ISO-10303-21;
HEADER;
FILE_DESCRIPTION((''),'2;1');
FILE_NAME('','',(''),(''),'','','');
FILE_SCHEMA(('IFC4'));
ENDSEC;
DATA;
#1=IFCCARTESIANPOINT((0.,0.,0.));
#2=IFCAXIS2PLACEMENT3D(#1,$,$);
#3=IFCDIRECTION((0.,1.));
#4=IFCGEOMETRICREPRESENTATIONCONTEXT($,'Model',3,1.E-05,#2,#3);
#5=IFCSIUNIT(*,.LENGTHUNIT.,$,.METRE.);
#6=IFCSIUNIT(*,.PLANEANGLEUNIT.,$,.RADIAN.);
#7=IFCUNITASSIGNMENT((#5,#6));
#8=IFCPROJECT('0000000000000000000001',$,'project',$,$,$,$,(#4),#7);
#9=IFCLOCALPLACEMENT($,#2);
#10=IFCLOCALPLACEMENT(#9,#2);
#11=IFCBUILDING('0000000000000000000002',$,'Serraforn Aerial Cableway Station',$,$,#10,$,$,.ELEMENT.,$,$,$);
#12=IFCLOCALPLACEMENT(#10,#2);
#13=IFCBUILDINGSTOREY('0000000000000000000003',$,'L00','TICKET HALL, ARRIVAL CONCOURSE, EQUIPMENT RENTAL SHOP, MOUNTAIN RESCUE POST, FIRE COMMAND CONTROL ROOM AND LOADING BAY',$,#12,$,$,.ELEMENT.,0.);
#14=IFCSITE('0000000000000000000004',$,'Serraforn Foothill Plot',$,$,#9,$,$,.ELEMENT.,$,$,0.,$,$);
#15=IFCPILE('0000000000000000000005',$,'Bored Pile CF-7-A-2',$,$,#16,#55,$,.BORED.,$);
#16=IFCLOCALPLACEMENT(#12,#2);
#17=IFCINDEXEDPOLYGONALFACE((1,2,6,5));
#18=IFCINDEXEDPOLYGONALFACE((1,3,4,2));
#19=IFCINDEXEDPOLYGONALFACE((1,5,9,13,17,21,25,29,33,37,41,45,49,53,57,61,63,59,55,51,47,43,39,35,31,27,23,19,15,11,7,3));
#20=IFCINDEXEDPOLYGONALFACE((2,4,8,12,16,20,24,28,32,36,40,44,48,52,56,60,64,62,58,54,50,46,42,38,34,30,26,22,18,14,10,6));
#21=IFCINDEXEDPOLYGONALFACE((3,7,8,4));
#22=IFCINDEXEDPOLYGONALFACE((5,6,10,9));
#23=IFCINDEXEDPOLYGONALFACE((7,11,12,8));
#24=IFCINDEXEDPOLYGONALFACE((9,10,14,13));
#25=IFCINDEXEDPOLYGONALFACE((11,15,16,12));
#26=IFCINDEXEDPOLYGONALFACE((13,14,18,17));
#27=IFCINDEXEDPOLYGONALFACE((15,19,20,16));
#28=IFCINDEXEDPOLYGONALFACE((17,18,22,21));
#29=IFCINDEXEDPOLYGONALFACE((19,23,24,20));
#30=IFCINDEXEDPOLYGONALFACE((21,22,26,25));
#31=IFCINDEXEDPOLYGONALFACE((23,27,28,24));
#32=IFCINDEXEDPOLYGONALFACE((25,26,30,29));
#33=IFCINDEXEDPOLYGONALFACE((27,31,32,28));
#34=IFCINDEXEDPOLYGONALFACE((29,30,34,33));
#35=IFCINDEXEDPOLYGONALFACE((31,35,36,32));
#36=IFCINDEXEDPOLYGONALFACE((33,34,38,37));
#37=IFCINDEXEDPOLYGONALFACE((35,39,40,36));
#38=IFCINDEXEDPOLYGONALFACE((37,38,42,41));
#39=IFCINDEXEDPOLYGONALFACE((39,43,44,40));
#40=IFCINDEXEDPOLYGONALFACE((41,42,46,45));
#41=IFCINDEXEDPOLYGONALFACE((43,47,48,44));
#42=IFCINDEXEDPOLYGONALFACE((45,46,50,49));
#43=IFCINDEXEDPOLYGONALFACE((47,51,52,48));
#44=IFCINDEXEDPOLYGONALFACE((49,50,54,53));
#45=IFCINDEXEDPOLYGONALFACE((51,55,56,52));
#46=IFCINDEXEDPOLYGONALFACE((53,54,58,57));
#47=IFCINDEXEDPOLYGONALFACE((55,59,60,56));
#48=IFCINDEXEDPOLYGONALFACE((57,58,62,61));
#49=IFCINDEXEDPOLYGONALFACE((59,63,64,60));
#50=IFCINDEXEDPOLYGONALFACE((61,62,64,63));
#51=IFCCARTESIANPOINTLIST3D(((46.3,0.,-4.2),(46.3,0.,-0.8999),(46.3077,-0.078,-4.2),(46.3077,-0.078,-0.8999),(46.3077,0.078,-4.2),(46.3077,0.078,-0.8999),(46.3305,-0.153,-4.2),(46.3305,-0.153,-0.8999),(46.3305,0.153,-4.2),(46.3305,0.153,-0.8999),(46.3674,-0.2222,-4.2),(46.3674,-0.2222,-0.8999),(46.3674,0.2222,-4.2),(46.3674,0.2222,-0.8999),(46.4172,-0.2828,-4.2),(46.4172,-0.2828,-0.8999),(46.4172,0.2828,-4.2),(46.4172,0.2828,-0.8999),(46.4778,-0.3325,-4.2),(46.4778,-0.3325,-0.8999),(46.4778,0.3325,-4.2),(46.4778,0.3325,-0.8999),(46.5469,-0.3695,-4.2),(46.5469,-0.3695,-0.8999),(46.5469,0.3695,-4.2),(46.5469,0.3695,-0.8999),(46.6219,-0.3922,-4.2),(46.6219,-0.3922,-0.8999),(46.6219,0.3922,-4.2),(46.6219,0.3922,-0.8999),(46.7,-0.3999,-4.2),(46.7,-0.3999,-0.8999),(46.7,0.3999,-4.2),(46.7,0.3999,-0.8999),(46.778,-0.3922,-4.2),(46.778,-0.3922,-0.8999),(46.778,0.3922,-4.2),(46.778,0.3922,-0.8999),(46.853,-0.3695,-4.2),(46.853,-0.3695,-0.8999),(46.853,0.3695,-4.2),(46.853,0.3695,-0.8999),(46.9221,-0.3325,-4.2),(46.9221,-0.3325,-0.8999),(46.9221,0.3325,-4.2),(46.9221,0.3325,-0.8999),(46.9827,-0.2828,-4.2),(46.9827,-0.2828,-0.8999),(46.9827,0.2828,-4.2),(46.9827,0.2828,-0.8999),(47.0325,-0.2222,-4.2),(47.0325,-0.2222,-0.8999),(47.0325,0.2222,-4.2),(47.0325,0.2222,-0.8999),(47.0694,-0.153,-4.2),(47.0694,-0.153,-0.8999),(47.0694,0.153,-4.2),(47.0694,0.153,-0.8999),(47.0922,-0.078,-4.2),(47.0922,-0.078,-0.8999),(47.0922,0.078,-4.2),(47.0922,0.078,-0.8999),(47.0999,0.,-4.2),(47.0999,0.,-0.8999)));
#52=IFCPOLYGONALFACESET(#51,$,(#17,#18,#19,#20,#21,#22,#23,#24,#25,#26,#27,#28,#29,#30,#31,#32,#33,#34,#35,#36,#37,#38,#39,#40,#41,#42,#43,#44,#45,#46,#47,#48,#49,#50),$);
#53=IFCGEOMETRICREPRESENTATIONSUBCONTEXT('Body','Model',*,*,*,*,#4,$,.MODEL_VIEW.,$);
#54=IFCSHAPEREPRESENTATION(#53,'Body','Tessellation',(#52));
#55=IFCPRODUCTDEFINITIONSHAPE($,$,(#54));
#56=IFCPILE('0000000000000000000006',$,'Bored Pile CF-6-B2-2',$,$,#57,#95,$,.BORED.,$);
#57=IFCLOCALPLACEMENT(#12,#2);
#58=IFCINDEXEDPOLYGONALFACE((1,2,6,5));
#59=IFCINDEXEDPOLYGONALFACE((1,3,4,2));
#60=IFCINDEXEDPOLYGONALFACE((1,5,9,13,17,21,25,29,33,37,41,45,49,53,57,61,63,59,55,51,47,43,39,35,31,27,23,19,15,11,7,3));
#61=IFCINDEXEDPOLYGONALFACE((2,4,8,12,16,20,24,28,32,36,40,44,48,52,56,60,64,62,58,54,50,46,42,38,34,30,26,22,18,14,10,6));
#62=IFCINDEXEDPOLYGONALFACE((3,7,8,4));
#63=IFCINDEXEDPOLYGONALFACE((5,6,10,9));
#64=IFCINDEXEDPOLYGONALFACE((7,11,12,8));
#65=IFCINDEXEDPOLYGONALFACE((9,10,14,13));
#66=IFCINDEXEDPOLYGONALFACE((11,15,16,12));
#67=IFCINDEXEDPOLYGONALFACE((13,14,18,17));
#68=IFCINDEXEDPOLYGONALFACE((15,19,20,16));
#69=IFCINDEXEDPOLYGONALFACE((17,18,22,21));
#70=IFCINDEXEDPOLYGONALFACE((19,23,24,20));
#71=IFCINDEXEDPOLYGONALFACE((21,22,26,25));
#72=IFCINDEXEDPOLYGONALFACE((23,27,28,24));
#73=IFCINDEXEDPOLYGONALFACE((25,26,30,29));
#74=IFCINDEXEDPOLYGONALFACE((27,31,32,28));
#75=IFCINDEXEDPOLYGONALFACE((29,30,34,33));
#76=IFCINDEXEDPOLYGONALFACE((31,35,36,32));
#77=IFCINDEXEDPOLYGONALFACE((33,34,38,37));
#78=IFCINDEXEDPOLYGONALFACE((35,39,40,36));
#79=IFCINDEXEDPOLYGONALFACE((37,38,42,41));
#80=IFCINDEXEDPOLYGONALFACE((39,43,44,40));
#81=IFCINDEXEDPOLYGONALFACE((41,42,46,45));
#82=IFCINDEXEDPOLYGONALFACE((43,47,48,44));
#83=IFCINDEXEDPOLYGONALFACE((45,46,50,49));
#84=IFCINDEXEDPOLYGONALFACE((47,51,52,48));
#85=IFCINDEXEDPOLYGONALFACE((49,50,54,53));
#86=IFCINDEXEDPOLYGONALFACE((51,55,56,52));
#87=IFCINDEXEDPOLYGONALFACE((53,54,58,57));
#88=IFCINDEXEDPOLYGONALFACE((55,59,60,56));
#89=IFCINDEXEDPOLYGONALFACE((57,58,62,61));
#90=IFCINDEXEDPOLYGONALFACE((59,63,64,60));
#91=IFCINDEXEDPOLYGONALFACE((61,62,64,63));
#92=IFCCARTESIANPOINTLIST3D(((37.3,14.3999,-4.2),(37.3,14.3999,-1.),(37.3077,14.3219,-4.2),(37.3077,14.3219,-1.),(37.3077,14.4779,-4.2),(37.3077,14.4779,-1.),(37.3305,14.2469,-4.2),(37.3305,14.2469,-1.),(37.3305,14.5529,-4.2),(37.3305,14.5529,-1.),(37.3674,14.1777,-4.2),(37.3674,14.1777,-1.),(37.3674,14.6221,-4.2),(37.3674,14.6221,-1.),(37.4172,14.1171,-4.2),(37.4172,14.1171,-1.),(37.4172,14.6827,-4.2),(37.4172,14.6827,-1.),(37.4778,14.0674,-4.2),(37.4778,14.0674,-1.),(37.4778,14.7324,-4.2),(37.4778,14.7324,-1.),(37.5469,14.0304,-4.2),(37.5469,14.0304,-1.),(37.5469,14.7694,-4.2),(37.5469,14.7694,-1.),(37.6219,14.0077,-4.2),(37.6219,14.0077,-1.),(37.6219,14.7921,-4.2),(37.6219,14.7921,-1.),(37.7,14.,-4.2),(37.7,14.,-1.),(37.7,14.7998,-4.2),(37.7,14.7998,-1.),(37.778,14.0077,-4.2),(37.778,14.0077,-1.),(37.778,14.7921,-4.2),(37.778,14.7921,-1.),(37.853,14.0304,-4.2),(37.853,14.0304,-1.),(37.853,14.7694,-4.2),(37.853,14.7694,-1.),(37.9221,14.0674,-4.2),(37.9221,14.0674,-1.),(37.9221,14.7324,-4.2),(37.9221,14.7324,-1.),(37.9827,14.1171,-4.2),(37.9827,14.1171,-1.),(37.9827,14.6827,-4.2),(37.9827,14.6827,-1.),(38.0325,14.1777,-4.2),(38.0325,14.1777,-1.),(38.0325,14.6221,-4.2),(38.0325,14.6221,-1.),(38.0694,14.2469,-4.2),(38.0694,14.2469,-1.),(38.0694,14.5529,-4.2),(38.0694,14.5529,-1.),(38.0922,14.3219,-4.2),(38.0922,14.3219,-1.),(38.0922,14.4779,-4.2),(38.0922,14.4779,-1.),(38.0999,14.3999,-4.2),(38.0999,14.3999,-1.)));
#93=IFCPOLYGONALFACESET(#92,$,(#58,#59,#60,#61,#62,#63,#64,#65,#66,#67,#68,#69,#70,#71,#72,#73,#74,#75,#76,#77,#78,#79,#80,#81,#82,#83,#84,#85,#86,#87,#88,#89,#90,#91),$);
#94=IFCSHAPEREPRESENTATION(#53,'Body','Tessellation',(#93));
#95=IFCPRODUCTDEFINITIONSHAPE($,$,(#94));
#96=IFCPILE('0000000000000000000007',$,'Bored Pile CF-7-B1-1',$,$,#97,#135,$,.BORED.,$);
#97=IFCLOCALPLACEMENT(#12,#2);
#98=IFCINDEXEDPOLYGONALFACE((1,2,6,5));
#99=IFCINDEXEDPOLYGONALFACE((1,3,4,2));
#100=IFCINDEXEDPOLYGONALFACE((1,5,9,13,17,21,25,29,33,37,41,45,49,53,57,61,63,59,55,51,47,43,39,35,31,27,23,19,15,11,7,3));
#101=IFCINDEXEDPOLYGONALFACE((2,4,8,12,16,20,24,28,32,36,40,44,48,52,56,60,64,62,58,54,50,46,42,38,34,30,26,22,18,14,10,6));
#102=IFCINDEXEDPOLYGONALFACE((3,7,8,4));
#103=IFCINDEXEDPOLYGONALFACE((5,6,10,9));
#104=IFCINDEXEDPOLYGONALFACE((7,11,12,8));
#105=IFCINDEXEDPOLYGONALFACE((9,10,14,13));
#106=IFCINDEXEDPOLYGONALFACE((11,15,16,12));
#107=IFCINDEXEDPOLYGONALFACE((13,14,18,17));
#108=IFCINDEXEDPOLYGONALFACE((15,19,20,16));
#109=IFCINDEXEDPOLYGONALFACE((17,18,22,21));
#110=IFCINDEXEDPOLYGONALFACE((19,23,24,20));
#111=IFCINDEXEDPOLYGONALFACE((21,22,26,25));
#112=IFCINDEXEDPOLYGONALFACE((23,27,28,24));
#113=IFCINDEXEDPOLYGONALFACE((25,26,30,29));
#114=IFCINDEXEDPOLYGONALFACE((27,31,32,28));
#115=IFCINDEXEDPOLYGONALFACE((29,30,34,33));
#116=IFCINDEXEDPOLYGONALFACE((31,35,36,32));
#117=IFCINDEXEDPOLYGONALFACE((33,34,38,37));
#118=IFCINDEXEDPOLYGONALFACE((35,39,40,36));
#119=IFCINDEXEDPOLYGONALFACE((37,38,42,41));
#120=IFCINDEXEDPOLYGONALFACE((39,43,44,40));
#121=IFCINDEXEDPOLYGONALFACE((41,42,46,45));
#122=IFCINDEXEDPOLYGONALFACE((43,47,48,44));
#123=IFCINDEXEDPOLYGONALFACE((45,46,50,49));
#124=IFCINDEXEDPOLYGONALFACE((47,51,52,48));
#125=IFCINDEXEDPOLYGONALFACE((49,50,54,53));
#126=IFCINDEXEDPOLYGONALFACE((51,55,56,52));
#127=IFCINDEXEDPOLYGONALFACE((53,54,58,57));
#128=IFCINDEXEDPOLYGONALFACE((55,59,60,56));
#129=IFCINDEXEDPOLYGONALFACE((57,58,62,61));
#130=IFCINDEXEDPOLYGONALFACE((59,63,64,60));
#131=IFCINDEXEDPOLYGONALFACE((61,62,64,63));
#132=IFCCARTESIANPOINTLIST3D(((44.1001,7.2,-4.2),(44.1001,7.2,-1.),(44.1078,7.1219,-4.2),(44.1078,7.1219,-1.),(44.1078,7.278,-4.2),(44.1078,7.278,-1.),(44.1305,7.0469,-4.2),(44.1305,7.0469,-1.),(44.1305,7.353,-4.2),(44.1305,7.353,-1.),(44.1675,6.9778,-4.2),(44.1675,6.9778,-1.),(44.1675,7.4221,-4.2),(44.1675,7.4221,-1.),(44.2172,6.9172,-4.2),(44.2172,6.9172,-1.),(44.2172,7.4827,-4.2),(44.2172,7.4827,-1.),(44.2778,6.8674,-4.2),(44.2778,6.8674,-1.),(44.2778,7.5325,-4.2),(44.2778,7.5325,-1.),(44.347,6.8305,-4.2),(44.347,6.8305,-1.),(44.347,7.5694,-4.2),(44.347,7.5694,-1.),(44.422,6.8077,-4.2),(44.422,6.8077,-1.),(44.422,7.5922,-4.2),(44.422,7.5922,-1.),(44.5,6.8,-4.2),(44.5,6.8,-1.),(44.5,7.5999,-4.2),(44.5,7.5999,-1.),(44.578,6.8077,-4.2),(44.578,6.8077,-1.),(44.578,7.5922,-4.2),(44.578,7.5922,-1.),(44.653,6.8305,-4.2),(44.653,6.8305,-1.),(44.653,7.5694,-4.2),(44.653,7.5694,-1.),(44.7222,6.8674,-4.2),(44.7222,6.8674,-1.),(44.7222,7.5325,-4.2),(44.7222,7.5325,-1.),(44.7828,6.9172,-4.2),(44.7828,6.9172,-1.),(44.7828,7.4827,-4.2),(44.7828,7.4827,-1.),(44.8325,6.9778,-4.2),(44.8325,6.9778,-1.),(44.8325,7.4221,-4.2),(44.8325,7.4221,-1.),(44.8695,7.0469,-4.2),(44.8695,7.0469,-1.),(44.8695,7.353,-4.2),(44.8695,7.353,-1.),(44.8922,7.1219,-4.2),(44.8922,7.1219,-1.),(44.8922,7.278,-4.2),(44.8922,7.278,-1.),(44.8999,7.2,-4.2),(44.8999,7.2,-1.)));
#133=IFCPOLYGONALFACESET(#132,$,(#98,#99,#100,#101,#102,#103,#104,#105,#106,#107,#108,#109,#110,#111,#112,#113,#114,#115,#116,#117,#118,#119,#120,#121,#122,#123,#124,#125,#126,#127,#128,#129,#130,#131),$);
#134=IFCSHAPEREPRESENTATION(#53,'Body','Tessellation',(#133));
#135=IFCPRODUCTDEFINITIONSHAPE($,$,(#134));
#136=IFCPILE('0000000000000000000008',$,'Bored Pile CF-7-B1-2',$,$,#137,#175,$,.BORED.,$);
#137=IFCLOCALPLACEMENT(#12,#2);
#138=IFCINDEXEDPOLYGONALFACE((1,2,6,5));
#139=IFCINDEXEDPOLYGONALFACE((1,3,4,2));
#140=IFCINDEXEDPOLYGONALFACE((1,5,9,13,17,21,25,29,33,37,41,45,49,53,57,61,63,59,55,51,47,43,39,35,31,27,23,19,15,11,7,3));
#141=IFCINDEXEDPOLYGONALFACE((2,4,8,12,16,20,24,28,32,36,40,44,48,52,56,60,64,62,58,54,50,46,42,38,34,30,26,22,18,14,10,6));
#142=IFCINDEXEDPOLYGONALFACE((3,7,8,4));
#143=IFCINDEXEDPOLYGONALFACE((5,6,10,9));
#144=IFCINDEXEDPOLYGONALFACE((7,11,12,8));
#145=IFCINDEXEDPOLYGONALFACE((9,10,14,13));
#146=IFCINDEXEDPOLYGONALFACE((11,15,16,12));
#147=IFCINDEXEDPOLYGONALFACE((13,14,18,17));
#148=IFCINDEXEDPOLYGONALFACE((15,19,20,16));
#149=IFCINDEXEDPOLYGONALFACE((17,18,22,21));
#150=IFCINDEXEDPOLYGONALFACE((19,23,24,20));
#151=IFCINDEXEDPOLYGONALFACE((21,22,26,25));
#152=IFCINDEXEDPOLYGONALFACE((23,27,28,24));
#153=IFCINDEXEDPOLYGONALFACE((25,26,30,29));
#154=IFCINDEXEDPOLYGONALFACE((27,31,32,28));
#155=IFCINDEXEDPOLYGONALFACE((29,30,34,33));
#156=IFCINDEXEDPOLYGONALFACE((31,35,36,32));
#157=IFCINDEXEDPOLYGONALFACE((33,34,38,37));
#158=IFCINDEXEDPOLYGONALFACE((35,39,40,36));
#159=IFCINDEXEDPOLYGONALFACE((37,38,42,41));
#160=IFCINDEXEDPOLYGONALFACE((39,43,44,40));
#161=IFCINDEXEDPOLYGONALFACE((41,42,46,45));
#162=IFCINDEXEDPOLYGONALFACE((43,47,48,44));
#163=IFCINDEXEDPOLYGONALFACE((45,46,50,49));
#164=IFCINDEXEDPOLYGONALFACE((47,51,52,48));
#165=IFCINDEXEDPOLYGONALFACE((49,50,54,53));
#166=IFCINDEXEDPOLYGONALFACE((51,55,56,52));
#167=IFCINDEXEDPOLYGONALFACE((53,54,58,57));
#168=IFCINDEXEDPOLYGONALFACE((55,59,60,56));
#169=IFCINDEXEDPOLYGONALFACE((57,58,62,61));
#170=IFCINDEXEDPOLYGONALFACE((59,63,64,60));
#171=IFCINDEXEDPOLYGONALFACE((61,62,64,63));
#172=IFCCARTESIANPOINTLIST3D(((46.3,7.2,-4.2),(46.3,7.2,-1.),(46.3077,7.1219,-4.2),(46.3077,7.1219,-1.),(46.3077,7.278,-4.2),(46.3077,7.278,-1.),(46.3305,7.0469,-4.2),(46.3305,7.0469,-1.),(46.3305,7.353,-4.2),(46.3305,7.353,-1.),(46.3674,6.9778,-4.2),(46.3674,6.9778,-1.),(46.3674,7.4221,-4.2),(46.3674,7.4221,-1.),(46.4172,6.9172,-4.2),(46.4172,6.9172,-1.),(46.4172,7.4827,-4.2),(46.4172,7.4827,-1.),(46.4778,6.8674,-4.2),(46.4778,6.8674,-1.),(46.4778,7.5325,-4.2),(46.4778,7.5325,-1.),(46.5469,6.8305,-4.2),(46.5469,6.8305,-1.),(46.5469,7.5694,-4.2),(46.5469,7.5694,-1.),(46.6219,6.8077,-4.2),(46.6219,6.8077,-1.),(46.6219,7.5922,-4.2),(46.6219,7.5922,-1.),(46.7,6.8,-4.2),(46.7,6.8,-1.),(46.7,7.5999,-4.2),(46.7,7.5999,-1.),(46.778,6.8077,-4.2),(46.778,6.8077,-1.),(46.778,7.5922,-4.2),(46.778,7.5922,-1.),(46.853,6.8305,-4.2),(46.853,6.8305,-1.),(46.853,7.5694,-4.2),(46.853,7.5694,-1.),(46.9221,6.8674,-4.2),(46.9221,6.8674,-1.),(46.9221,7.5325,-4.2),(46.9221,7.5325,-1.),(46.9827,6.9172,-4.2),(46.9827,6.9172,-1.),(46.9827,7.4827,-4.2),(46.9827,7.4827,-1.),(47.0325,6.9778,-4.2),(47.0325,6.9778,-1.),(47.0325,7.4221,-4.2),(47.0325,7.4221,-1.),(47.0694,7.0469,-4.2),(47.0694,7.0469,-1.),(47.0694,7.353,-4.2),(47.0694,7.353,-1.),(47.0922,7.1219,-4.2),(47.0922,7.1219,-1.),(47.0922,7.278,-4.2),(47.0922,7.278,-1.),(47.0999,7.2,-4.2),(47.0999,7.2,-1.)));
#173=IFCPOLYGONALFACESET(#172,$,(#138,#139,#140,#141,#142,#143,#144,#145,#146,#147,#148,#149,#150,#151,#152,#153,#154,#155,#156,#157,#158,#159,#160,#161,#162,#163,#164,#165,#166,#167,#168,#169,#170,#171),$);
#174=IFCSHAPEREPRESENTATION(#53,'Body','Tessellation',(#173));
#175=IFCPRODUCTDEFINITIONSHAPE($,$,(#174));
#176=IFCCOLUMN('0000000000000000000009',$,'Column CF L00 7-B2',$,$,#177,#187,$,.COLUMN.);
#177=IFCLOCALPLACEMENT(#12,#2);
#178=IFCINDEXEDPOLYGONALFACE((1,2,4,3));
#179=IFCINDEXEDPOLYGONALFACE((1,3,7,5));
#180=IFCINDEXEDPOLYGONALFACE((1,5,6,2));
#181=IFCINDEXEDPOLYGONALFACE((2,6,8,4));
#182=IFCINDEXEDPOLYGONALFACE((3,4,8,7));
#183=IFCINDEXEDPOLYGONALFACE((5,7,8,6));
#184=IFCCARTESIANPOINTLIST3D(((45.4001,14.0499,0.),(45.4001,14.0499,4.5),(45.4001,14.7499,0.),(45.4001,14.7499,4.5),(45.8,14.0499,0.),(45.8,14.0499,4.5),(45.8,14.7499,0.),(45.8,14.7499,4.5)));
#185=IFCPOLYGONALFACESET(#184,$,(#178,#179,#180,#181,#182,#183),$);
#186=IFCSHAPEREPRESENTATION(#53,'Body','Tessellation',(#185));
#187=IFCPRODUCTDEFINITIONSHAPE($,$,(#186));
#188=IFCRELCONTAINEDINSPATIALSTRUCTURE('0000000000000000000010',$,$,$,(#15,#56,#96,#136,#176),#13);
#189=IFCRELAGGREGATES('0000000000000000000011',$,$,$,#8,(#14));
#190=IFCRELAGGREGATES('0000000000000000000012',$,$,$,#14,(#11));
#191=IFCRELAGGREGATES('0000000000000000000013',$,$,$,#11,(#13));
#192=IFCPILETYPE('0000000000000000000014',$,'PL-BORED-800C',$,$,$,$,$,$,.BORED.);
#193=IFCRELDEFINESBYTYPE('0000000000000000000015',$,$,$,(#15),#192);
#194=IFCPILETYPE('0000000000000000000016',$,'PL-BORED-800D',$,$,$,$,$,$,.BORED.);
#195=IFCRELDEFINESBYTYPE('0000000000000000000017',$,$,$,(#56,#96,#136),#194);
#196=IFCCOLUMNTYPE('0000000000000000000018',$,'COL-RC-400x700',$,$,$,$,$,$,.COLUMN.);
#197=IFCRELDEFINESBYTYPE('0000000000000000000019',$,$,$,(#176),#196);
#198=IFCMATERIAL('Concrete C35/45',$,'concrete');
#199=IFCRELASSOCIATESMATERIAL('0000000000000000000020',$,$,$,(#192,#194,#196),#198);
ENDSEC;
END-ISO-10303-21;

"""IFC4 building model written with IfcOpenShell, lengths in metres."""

from ifc_helpers import new_model, si_unit, direction, frame, origin, origin_2d, place, context, subcontext, project, spatial, rectangle, circle, extrude, material, material_profile, profile_set, type_object, element, save


model = new_model("IFC4")

# Units and contexts
model_context = context("Model", 3, precision=1e-05, world=origin(), true_north=direction((0.0, 1.0)))
body_context = subcontext(model_context, "Body", "Model", "MODEL_VIEW")
ifc_project = project(units=[si_unit("LENGTHUNIT", "METRE"), si_unit("PLANEANGLEUNIT", "RADIAN")], contexts=[model_context])

# Site, building, storey
site_placement = place(None, origin())
site = spatial("IfcSite", under=ifc_project, at=site_placement, Name="Serraforn Foothill Plot", CompositionType="ELEMENT", RefElevation=0.0)
building_placement = place(site_placement, origin())
building = spatial("IfcBuilding", under=site, at=building_placement, Name="Serraforn Aerial Cableway Station", CompositionType="ELEMENT")
storey_placement = place(building_placement, origin())
storey = spatial("IfcBuildingStorey", under=building, at=storey_placement, Name="L00", Description="TICKET HALL, ARRIVAL CONCOURSE, EQUIPMENT RENTAL SHOP, MOUNTAIN RESCUE POST, FIRE COMMAND CONTROL ROOM AND LOADING BAY", CompositionType="ELEMENT", Elevation=0.0)

# Shared definitions
ifc_material_1 = material(Name="Concrete C35/45", Category="concrete")

# Piles
ifc_material_profile_1 = material_profile(ifc_material_1, circle(Radius=0.3999, at=origin_2d()), Name="BORED PILE D800")
ifc_profile_set_1 = profile_set([ifc_material_profile_1], Name="Concrete C35/45")
pile_type_1 = type_object("IfcPileType", Name="PL-BORED-800C", PredefinedType="BORED", material=ifc_profile_set_1)
for number, where, z_axis, x_axis, name in (
    (1, (46.7, 0.0, -0.8999), (0.0, 0.0, -1.0), (1.0, 0.0, 0.0), "Bored Pile CF-7-A-2"),
):
    element("IfcPile", number, at=place(storey_placement, frame(where, z_axis=z_axis, x_axis=x_axis)), inside=storey, type_object=pile_type_1, Name=name, PredefinedType="BORED", context=body_context, shape_type="SweptSolid", body=[
        extrude(circle(Radius=0.3999, at=origin_2d()), origin(), (0.0, 0.0, 1.0), 3.3),
    ])
ifc_material_profile_2 = material_profile(ifc_material_1, circle(Radius=0.3999, at=origin_2d()), Name="BORED PILE D800")
ifc_profile_set_2 = profile_set([ifc_material_profile_2], Name="Concrete C35/45")
pile_type_2 = type_object("IfcPileType", Name="PL-BORED-800D", PredefinedType="BORED", material=ifc_profile_set_2)
for number, where, z_axis, x_axis, name in (
    (2, (37.7, 14.3999, -1.0), (0.0, 0.0, -1.0), (1.0, 0.0, 0.0), "Bored Pile CF-6-B2-2"),
    (3, (44.5, 7.2, -1.0), (0.0, 0.0, -1.0), (1.0, 0.0, 0.0), "Bored Pile CF-7-B1-1"),
    (4, (46.7, 7.2, -1.0), (0.0, 0.0, -1.0), (1.0, 0.0, 0.0), "Bored Pile CF-7-B1-2"),
):
    element("IfcPile", number, at=place(storey_placement, frame(where, z_axis=z_axis, x_axis=x_axis)), inside=storey, type_object=pile_type_2, Name=name, PredefinedType="BORED", context=body_context, shape_type="SweptSolid", body=[
        extrude(circle(Radius=0.3999, at=origin_2d()), origin(), (0.0, 0.0, 1.0), 3.2),
    ])

# Column
ifc_material_profile_3 = material_profile(ifc_material_1, rectangle(XDim=0.3999, YDim=0.7, at=origin_2d()), Name="RC 400x700")
ifc_profile_set_3 = profile_set([ifc_material_profile_3], Name="Concrete C35/45")
column_type_1 = type_object("IfcColumnType", Name="COL-RC-400x700", PredefinedType="COLUMN", material=ifc_profile_set_3)
column_1_placement = place(storey_placement, frame((45.6001, 14.3999, 0.0), z_axis=(0.0, 0.0, 1.0), x_axis=(1.0, 0.0, 0.0)))
element("IfcColumn", 5, at=column_1_placement, inside=storey, type_object=column_type_1, Name="Column CF L00 7-B2", PredefinedType="COLUMN", context=body_context, shape_type="SweptSolid", body=[
    extrude(rectangle(XDim=0.3999, YDim=0.7, at=origin_2d()), origin(), (0.0, 0.0, 1.0), 4.5),
])

save(model, "model.ifc")
